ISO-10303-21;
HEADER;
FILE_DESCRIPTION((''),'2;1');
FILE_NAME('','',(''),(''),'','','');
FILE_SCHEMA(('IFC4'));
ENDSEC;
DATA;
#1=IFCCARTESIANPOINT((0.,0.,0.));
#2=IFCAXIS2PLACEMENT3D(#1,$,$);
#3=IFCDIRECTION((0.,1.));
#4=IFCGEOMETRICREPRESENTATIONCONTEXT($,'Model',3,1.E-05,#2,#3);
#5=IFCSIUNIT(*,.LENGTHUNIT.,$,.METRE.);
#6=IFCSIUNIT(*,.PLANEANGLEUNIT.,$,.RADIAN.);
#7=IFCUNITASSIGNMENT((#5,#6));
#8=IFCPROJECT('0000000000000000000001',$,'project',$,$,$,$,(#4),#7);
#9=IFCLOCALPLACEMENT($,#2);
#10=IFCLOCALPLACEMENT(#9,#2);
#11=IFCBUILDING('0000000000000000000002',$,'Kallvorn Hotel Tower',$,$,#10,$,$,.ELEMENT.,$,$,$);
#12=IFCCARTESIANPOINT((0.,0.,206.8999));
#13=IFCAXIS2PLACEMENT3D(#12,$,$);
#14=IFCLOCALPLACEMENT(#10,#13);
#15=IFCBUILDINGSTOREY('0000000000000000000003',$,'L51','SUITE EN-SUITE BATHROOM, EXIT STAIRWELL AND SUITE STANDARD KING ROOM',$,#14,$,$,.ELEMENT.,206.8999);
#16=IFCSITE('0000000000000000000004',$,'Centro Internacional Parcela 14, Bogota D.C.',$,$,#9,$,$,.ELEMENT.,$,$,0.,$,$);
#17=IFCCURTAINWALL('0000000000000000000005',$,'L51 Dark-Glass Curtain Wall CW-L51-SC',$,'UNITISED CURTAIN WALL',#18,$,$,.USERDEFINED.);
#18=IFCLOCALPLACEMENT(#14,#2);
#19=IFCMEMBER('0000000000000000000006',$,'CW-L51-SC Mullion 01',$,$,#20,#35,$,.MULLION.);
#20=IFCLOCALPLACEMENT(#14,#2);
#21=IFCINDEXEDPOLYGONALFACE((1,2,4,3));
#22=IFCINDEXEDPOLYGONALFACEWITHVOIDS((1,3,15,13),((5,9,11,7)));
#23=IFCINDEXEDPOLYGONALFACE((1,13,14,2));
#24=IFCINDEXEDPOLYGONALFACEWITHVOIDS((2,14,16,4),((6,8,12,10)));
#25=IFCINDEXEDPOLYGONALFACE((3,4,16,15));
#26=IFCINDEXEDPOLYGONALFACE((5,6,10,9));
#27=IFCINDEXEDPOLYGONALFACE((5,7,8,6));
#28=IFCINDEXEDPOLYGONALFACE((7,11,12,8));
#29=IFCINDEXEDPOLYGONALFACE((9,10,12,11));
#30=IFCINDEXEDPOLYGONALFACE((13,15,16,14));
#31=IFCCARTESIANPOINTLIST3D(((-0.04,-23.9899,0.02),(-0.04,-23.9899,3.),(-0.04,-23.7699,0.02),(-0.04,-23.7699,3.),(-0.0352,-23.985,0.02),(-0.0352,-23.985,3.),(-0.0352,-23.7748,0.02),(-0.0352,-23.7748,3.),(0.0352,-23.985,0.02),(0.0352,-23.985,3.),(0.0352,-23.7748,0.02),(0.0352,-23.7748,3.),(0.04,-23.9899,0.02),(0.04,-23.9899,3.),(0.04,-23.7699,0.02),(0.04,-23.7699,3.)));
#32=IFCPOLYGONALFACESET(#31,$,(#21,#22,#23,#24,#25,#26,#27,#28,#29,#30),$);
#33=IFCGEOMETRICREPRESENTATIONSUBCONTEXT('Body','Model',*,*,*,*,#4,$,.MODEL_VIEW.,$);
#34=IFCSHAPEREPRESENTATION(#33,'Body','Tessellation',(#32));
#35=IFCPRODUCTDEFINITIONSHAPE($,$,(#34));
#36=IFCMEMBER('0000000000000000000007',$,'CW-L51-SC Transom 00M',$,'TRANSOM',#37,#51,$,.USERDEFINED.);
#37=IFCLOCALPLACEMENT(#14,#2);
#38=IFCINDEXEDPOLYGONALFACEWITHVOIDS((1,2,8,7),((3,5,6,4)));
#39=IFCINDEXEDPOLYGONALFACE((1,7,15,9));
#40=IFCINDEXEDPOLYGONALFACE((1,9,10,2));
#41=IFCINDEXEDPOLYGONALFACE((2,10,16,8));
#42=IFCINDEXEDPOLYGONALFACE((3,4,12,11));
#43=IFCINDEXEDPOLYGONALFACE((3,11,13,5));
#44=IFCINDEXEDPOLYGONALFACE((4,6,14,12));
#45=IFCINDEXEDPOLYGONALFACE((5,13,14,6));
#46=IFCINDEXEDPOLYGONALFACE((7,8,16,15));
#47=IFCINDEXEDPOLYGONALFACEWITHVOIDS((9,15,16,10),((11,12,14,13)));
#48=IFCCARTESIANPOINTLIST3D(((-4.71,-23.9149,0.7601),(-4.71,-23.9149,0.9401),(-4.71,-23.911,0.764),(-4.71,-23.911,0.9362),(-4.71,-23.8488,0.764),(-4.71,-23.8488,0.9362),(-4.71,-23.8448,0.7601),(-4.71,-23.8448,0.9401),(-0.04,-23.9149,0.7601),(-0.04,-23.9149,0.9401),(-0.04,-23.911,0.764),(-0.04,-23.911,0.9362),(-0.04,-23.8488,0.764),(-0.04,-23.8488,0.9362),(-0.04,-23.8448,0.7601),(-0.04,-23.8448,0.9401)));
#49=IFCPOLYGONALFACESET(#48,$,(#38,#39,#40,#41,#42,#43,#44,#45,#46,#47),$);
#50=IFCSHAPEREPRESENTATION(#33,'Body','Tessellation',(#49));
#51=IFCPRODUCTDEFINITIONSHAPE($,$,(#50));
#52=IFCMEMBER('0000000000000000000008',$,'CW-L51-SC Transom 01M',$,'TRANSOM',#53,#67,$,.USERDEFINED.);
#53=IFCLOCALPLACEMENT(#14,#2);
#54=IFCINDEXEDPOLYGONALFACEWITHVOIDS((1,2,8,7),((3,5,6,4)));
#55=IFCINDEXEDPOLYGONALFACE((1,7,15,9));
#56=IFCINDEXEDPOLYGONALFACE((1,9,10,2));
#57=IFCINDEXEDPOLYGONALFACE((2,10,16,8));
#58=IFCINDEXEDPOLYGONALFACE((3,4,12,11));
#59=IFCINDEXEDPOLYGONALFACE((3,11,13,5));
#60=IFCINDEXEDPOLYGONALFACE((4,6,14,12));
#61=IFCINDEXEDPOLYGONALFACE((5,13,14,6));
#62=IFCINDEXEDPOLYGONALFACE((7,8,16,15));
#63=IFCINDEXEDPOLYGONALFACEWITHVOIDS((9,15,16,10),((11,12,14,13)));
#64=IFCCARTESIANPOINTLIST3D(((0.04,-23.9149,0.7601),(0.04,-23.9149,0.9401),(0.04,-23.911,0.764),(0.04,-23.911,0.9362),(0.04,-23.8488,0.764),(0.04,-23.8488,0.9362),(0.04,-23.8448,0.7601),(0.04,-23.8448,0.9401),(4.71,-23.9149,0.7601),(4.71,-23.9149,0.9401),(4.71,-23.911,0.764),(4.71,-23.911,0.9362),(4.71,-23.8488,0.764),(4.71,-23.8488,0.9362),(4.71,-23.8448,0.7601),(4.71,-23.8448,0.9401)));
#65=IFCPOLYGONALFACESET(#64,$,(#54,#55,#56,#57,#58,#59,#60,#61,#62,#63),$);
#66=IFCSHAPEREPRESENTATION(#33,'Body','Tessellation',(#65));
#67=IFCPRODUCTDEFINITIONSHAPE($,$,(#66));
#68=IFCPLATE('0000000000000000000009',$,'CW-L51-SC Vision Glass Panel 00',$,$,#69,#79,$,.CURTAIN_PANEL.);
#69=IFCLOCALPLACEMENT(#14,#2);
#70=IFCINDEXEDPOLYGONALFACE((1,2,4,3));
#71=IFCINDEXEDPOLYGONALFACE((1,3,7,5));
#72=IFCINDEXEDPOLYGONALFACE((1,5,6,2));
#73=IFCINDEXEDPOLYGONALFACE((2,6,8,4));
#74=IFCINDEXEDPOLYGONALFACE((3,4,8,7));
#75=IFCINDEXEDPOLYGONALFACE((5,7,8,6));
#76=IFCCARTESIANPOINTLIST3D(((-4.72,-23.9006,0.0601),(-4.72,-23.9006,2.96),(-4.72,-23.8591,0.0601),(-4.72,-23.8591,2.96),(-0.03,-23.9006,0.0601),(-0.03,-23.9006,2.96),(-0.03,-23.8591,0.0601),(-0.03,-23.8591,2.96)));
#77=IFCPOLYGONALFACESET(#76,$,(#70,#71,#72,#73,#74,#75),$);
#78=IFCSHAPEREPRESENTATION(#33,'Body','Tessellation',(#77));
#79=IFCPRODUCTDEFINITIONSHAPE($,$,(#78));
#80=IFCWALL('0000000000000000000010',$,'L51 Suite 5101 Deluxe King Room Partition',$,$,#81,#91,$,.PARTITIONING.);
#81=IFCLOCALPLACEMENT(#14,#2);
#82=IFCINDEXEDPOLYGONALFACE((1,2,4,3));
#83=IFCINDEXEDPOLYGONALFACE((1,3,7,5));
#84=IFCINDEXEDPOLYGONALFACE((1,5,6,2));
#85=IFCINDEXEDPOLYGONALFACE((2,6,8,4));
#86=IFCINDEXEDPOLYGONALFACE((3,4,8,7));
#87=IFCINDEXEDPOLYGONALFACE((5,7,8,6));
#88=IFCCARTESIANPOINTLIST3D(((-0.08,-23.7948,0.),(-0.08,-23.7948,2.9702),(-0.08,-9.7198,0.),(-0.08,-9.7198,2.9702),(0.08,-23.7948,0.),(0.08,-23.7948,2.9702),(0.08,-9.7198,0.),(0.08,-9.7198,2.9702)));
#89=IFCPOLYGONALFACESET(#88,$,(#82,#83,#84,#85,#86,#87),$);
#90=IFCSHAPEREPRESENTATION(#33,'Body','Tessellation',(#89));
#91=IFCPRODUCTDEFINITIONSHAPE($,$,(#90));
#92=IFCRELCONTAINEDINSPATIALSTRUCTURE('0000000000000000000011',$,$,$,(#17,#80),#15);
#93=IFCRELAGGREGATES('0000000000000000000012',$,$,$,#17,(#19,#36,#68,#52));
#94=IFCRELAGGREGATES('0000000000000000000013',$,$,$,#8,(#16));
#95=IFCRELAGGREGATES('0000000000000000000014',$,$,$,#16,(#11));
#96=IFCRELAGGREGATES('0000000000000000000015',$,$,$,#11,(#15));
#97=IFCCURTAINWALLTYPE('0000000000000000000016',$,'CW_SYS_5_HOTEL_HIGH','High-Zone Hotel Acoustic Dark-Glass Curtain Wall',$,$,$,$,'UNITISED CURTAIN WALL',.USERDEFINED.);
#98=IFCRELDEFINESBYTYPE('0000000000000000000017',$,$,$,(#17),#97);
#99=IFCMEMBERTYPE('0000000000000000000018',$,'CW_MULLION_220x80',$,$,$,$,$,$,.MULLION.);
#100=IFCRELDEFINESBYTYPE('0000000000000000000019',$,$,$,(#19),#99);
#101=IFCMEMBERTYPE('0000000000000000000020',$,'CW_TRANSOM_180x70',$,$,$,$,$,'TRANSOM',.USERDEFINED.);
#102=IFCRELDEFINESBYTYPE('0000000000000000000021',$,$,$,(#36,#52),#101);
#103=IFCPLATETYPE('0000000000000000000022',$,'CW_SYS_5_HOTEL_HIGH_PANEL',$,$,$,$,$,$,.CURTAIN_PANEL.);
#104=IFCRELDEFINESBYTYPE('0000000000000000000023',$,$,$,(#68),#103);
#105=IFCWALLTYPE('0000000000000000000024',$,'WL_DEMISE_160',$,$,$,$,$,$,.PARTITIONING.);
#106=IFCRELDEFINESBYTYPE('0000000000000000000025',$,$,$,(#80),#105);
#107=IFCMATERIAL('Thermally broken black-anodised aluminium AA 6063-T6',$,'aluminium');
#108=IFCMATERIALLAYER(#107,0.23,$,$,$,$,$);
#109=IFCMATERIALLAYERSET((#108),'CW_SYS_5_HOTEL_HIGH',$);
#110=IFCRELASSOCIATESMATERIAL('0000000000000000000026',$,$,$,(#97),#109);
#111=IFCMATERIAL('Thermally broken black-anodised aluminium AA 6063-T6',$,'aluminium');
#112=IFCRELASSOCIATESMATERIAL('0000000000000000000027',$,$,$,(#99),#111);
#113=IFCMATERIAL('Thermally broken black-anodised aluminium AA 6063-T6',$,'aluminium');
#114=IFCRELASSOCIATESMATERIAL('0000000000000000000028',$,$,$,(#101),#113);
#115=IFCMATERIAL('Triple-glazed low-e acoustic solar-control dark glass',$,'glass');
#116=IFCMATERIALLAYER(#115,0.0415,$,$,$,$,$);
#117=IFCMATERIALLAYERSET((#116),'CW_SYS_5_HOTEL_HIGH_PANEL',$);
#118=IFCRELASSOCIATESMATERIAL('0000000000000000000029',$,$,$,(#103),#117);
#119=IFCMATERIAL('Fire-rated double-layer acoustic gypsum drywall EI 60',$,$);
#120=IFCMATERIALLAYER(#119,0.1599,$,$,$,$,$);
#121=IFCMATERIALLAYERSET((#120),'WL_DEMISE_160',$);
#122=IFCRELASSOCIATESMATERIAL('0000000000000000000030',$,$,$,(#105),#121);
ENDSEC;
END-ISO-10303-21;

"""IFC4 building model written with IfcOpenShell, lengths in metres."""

from ifc_helpers import new_model, si_unit, direction, frame, frame_2d, origin, origin_2d, place, context, subcontext, project, spatial, rectangle, hollow_rectangle, extrude, material, layer, layer_set, material_profile, profile_set, type_object, element, aggregate, save


model = new_model("IFC4")

# Units and contexts
model_context = context("Model", 3, precision=1e-05, world=origin(), true_north=direction((0.0, 1.0)))
body_context = subcontext(model_context, "Body", "Model", "MODEL_VIEW")
ifc_project = project(units=[si_unit("LENGTHUNIT", "METRE"), si_unit("PLANEANGLEUNIT", "RADIAN")], contexts=[model_context])

# Site, building, storey
site_placement = place(None, origin())
site = spatial("IfcSite", under=ifc_project, at=site_placement, Name="Centro Internacional Parcela 14, Bogota D.C.", CompositionType="ELEMENT", RefElevation=0.0)
building_placement = place(site_placement, origin())
building = spatial("IfcBuilding", under=site, at=building_placement, Name="Kallvorn Hotel Tower", CompositionType="ELEMENT")
storey_placement = place(building_placement, frame((0.0, 0.0, 206.8999)))
storey = spatial("IfcBuildingStorey", under=building, at=storey_placement, Name="L51", Description="SUITE EN-SUITE BATHROOM, EXIT STAIRWELL AND SUITE STANDARD KING ROOM", CompositionType="ELEMENT", Elevation=206.8999)

# Curtain wall, members, plate
ifc_material_1 = material(Name="Thermally broken black-anodised aluminium AA 6063-T6", Category="aluminium")
ifc_layer_1 = layer(ifc_material_1, 0.23)
ifc_layer_set_1 = layer_set([ifc_layer_1], Name="CW_SYS_5_HOTEL_HIGH")
curtain_wall_type = type_object("IfcCurtainWallType", Name="CW_SYS_5_HOTEL_HIGH", Description="High-Zone Hotel Acoustic Dark-Glass Curtain Wall", ElementType="UNITISED CURTAIN WALL", PredefinedType="USERDEFINED", material=ifc_layer_set_1)
curtain_wall_placement = place(storey_placement, origin())
curtain_wall = element("IfcCurtainWall", 1, at=curtain_wall_placement, inside=storey, type_object=curtain_wall_type, Name="L51 Dark-Glass Curtain Wall CW-L51-SC", ObjectType="UNITISED CURTAIN WALL", PredefinedType="USERDEFINED")
ifc_material_2 = material(Name="Thermally broken black-anodised aluminium AA 6063-T6", Category="aluminium")
ifc_material_profile_1 = material_profile(ifc_material_2, hollow_rectangle(XDim=0.0801, YDim=0.22, WallThickness=0.0049, at=origin_2d()), Name="MUL 220x80")
ifc_profile_set_1 = profile_set([ifc_material_profile_1], Name="Thermally broken black-anodised aluminium AA 6063-T6")
member_type_1 = type_object("IfcMemberType", Name="CW_MULLION_220x80", PredefinedType="MULLION", material=ifc_profile_set_1)
member_1_placement = place(storey_placement, frame((0.0, -23.8799, 0.02), z_axis=(0.0, 0.0, 1.0), x_axis=(1.0, 0.0, 0.0)))
member_1 = element("IfcMember", 2, at=member_1_placement, type_object=member_type_1, Name="CW-L51-SC Mullion 01", PredefinedType="MULLION", context=body_context, shape_type="SweptSolid", body=[
    extrude(hollow_rectangle(XDim=0.0801, YDim=0.22, WallThickness=0.0049, at=origin_2d()), origin(), (0.0, 0.0, 1.0), 2.98),
])
ifc_material_3 = material(Name="Thermally broken black-anodised aluminium AA 6063-T6", Category="aluminium")
ifc_material_profile_2 = material_profile(ifc_material_3, hollow_rectangle(XDim=0.0701, YDim=0.1799, WallThickness=0.0039, at=origin_2d()), Name="TRN 180x70")
ifc_profile_set_2 = profile_set([ifc_material_profile_2], Name="Thermally broken black-anodised aluminium AA 6063-T6")
member_type_2 = type_object("IfcMemberType", Name="CW_TRANSOM_180x70", ElementType="TRANSOM", PredefinedType="USERDEFINED", material=ifc_profile_set_2)
member_2_placement = place(storey_placement, frame((-4.71, -23.8799, 0.8501), z_axis=(1.0, 0.0, 0.0), x_axis=(0.0, 1.0, 0.0)))
member_2 = element("IfcMember", 3, at=member_2_placement, type_object=member_type_2, Name="CW-L51-SC Transom 00M", ObjectType="TRANSOM", PredefinedType="USERDEFINED", context=body_context, shape_type="SweptSolid", body=[
    extrude(hollow_rectangle(XDim=0.0701, YDim=0.1799, WallThickness=0.0039, at=origin_2d()), origin(), (0.0, 0.0, 1.0), 4.6699),
])
member_3_placement = place(storey_placement, frame((0.04, -23.8799, 0.8501), z_axis=(1.0, 0.0, 0.0), x_axis=(0.0, 1.0, 0.0)))
member_3 = element("IfcMember", 4, at=member_3_placement, type_object=member_type_2, Name="CW-L51-SC Transom 01M", ObjectType="TRANSOM", PredefinedType="USERDEFINED", context=body_context, shape_type="SweptSolid", body=[
    extrude(hollow_rectangle(XDim=0.0701, YDim=0.1799, WallThickness=0.0039, at=origin_2d()), origin(), (0.0, 0.0, 1.0), 4.6699),
])
ifc_material_4 = material(Name="Triple-glazed low-e acoustic solar-control dark glass", Category="glass")
ifc_layer_2 = layer(ifc_material_4, 0.0415)
ifc_layer_set_2 = layer_set([ifc_layer_2], Name="CW_SYS_5_HOTEL_HIGH_PANEL")
plate_type = type_object("IfcPlateType", Name="CW_SYS_5_HOTEL_HIGH_PANEL", PredefinedType="CURTAIN_PANEL", material=ifc_layer_set_2)
plate_placement = place(storey_placement, frame((-2.375, -23.8799, 0.0601), z_axis=(0.0, 0.0, 1.0), x_axis=(1.0, 0.0, 0.0)))
plate = element("IfcPlate", 5, at=plate_placement, type_object=plate_type, Name="CW-L51-SC Vision Glass Panel 00", PredefinedType="CURTAIN_PANEL", context=body_context, shape_type="SweptSolid", body=[
    extrude(rectangle(XDim=4.6899, YDim=0.0415, at=origin_2d()), origin(), (0.0, 0.0, 1.0), 2.8999),
])
aggregate(curtain_wall, [member_1, member_2, plate, member_3])

# Wall
ifc_material_5 = material(Name="Fire-rated double-layer acoustic gypsum drywall EI 60")
ifc_layer_3 = layer(ifc_material_5, 0.1599)
ifc_layer_set_3 = layer_set([ifc_layer_3], Name="WL_DEMISE_160")
wall_type = type_object("IfcWallType", Name="WL_DEMISE_160", PredefinedType="PARTITIONING", material=ifc_layer_set_3)
wall_placement = place(storey_placement, frame((0.0, -23.7949, 0.0), z_axis=(0.0, 0.0, 1.0), x_axis=(0.0, 1.0, 0.0)))
element("IfcWall", 6, at=wall_placement, inside=storey, type_object=wall_type, Name="L51 Suite 5101 Deluxe King Room Partition", PredefinedType="PARTITIONING", context=body_context, shape_type="SweptSolid", body=[
    extrude(rectangle(XDim=14.075, YDim=0.1599, at=frame_2d((7.0376, 0.0))), origin(), (0.0, 0.0, 1.0), 2.9702),
])

save(model, "model.ifc")
